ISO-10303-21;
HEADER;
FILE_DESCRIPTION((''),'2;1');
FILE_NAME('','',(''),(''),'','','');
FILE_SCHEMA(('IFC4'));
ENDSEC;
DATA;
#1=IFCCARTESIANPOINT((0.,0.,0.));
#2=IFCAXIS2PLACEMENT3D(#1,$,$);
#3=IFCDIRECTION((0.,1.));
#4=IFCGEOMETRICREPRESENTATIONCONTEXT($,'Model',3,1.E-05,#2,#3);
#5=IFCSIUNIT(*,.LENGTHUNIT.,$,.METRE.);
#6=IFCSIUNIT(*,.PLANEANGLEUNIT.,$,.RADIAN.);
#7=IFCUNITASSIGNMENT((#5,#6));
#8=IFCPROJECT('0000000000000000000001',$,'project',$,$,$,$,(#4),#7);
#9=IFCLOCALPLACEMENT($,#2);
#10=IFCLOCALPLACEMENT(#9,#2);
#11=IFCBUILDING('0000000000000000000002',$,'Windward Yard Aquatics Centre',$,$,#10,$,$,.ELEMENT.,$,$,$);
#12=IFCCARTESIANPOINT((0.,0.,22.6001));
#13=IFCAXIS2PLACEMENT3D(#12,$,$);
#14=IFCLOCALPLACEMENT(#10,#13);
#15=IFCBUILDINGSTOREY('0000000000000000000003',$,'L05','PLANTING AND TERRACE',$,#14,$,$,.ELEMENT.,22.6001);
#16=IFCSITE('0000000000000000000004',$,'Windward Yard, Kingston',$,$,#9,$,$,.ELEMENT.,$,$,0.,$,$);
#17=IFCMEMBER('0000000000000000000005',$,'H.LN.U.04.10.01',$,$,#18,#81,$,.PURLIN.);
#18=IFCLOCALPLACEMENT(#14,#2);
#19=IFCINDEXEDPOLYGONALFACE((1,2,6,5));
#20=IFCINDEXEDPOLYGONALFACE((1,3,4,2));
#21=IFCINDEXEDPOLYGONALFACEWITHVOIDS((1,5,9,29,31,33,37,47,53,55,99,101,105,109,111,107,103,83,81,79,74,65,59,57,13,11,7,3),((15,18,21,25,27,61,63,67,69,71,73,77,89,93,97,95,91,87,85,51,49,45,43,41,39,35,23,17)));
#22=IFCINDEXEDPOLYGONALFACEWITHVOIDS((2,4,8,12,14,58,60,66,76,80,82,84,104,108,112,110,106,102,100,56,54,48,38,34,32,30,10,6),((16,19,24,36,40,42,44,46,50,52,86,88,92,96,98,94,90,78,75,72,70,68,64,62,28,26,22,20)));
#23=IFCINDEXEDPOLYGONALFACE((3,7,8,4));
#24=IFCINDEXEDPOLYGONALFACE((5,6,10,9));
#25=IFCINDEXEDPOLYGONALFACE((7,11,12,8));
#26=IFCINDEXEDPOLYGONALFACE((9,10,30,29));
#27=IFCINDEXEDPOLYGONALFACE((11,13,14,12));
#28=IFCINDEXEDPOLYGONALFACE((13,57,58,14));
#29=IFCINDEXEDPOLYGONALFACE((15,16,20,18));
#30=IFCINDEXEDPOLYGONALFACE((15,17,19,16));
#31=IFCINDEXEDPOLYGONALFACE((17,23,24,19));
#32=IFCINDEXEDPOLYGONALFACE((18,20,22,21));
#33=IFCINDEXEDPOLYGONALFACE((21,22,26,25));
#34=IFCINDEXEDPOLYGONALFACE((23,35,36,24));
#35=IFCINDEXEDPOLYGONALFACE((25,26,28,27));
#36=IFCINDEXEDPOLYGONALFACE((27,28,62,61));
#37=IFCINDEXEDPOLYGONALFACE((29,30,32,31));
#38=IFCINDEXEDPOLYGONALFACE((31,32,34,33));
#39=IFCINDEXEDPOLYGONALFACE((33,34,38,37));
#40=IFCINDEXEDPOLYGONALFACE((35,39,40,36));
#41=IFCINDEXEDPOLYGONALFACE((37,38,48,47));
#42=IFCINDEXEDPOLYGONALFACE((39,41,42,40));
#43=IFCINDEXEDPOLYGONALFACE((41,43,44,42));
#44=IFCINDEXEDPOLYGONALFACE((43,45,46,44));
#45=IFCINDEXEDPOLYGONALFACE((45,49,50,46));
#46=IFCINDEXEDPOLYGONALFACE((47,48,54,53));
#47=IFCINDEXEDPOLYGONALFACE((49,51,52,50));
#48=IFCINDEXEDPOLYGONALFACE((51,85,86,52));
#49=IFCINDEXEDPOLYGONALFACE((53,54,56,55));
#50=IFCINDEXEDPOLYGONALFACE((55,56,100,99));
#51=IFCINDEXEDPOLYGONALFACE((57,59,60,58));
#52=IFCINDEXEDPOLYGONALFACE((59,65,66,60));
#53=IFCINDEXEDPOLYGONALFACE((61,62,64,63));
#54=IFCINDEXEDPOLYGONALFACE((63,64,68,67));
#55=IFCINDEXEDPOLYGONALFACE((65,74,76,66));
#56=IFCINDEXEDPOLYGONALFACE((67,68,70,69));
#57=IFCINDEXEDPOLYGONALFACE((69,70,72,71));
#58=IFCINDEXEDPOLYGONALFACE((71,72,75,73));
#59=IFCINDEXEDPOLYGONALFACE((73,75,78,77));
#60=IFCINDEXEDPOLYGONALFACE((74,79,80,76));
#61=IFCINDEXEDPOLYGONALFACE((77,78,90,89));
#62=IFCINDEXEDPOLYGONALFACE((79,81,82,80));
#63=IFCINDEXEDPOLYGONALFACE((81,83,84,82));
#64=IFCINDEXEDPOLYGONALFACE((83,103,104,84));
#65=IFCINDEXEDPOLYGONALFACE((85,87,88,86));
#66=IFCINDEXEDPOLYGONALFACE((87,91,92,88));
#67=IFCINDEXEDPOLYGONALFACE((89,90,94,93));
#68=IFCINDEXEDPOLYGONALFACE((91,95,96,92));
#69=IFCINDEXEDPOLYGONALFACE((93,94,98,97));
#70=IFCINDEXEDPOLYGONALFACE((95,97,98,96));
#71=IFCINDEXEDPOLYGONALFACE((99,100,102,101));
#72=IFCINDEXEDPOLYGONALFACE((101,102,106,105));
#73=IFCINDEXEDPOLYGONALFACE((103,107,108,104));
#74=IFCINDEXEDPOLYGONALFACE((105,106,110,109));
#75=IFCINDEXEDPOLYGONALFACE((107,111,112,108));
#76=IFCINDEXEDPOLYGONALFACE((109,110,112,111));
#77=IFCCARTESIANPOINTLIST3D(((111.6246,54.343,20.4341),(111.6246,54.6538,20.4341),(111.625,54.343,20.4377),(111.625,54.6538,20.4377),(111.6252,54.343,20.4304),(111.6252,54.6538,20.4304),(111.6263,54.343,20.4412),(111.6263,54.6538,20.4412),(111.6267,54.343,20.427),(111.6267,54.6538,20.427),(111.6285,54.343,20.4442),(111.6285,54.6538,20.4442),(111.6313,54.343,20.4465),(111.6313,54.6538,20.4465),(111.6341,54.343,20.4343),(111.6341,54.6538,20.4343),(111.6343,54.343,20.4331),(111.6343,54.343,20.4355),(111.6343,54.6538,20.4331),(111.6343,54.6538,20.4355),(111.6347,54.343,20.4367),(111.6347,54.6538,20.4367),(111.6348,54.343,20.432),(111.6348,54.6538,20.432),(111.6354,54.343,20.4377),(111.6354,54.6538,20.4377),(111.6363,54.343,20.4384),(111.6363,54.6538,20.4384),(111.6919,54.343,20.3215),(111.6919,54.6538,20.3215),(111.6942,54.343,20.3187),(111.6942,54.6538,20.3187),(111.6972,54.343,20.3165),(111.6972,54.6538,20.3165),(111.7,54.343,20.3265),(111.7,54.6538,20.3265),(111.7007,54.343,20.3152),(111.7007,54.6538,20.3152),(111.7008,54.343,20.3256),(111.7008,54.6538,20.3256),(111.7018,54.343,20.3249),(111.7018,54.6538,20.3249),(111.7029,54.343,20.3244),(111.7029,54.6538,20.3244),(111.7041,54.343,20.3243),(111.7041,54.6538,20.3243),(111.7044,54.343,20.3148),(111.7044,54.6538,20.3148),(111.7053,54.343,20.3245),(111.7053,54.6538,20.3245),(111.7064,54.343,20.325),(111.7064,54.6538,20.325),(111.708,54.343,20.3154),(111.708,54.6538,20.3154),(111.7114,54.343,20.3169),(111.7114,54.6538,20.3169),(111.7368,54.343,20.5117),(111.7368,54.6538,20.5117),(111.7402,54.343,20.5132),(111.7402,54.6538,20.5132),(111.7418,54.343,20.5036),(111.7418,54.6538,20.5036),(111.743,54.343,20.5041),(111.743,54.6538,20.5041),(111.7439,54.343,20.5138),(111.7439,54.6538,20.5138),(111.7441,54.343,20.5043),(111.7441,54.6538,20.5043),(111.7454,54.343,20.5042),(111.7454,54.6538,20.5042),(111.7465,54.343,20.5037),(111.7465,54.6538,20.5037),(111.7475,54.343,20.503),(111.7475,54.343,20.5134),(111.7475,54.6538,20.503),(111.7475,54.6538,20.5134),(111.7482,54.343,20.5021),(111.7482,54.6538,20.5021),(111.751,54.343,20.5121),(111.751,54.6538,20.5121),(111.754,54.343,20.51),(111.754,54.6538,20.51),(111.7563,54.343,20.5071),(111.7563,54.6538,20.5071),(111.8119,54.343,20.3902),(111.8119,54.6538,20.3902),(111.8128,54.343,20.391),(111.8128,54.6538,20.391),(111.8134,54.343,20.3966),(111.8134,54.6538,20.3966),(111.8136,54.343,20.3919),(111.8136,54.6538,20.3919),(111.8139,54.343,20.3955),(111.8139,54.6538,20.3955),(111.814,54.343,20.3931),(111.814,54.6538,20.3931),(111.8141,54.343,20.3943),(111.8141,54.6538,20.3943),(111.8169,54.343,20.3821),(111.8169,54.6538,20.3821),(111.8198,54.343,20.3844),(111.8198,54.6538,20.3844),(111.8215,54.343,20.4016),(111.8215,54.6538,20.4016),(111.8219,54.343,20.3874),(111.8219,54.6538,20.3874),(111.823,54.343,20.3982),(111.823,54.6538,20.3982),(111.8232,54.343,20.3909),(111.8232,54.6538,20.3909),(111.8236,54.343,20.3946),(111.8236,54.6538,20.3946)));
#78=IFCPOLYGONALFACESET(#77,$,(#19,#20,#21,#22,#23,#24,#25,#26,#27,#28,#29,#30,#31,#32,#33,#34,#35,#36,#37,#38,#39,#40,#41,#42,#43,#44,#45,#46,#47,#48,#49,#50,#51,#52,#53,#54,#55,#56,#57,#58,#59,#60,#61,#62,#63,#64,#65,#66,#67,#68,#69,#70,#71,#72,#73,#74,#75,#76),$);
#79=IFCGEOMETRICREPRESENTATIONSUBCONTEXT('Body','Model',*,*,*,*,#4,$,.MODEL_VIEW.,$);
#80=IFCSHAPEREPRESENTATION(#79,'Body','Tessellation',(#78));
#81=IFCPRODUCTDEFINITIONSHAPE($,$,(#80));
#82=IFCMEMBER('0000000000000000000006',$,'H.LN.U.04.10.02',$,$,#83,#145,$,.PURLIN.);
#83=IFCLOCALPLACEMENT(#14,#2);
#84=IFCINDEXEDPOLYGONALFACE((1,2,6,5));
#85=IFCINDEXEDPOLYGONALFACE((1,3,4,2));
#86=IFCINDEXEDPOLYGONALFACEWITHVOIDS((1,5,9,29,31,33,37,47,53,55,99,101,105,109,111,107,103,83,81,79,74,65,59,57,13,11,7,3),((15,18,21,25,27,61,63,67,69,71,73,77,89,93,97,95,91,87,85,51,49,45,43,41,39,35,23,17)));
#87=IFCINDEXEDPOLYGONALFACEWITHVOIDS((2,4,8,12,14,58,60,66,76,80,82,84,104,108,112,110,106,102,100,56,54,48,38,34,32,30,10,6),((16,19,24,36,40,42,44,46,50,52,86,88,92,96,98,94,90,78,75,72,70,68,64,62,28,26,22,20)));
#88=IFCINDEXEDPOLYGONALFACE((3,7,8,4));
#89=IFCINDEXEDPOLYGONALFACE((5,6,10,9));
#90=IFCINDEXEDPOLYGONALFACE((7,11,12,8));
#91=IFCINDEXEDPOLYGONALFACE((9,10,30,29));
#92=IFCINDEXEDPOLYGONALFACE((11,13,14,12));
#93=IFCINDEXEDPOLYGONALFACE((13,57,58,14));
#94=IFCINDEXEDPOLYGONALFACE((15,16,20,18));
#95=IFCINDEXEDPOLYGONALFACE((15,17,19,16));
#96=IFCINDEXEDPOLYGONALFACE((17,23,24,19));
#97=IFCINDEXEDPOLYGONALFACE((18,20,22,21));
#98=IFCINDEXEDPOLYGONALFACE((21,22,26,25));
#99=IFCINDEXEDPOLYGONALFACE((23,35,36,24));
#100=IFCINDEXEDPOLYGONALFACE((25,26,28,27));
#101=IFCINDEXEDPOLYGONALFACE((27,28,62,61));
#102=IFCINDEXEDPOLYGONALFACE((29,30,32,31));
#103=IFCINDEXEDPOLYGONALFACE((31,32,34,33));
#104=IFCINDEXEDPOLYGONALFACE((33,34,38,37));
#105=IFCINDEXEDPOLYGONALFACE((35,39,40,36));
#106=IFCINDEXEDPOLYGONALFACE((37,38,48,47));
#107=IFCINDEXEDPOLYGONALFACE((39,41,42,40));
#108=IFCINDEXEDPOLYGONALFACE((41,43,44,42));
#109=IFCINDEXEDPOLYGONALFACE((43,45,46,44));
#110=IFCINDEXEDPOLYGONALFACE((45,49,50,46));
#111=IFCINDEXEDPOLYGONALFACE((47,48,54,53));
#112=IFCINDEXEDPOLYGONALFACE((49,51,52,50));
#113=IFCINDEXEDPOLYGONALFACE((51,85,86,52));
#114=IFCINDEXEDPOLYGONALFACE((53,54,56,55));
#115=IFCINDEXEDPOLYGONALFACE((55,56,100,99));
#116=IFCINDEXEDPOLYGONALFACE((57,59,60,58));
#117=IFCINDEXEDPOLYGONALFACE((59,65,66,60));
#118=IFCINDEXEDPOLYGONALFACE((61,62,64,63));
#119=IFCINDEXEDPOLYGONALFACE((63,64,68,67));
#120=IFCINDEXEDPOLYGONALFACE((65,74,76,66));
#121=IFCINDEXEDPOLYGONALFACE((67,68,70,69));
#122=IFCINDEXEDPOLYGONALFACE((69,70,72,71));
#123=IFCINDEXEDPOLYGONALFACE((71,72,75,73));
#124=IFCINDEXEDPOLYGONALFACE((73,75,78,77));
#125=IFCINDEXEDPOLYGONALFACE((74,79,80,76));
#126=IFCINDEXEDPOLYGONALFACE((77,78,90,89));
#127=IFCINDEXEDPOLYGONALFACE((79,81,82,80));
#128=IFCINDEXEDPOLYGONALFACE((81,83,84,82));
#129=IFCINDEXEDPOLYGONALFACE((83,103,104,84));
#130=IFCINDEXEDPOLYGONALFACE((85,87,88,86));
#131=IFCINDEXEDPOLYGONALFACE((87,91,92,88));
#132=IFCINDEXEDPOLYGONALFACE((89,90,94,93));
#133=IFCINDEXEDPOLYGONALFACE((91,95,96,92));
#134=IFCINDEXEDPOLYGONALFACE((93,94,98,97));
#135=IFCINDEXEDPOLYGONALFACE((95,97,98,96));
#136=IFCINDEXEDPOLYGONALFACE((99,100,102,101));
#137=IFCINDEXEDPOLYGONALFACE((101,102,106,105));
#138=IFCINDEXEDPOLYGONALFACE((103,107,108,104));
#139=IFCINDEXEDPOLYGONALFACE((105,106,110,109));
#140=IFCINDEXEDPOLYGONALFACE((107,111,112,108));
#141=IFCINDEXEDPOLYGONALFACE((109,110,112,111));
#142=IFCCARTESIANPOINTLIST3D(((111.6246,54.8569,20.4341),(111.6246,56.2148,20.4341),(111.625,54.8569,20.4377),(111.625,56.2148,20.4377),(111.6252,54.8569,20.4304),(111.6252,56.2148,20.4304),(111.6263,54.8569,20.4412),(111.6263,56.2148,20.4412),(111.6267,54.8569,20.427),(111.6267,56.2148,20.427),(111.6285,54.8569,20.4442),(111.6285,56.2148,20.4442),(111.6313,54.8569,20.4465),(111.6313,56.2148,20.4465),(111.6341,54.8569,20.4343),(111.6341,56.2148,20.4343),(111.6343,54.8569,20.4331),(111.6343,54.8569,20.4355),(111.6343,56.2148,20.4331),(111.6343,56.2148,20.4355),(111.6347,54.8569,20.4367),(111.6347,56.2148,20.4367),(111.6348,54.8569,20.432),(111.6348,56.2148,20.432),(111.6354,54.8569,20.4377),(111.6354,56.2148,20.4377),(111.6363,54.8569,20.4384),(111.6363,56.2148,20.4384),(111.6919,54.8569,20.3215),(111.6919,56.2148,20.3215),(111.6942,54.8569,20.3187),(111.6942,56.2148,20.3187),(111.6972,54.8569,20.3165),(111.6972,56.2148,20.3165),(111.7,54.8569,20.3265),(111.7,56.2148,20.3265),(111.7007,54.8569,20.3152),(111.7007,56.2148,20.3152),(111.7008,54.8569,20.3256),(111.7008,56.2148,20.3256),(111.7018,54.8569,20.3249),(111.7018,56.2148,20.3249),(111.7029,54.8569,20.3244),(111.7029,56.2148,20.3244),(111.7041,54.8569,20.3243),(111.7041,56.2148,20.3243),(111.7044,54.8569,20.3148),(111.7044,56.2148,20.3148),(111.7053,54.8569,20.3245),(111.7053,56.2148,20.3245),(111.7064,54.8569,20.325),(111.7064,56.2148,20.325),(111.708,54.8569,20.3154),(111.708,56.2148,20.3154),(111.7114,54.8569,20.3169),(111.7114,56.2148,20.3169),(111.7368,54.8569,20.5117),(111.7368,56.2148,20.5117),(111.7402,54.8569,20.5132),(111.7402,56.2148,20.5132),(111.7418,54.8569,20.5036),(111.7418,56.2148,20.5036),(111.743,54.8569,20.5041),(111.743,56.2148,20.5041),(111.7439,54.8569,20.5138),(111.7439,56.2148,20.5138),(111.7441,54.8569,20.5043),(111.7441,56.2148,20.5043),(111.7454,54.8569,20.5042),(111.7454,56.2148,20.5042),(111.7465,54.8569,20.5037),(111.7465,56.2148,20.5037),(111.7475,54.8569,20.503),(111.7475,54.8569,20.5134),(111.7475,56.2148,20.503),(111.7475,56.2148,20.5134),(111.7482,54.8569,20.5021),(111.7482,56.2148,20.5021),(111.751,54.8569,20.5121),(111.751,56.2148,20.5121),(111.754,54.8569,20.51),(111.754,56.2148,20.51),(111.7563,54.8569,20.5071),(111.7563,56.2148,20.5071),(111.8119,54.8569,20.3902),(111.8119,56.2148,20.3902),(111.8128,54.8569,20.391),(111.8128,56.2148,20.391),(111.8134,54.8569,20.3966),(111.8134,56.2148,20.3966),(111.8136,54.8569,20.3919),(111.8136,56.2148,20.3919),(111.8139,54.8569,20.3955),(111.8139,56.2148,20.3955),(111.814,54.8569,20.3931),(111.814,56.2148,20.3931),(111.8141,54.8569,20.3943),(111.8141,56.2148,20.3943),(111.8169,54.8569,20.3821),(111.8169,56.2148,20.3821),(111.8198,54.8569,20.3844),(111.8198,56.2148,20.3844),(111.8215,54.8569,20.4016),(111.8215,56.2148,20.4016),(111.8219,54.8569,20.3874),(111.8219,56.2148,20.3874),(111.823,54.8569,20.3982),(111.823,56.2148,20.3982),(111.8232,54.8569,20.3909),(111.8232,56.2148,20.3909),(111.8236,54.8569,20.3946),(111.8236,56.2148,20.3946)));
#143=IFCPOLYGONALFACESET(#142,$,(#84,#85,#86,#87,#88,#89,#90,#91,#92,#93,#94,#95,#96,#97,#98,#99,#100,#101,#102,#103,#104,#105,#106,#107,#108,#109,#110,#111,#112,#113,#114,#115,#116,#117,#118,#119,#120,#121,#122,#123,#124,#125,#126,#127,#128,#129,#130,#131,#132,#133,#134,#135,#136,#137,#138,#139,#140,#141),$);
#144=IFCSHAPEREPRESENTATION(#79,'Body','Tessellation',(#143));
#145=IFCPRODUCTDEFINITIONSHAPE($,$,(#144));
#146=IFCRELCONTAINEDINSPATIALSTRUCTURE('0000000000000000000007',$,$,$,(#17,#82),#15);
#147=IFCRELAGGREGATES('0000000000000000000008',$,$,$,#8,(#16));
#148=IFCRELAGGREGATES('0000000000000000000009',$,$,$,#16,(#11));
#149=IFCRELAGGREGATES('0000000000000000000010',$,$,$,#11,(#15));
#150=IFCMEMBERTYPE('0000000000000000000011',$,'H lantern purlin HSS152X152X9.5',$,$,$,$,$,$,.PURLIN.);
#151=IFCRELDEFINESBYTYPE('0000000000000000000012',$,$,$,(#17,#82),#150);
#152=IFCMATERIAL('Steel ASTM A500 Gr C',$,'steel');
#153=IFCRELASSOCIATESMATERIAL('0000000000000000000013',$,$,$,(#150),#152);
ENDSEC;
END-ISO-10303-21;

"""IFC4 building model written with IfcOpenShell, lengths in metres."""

from ifc_helpers import new_model, si_unit, direction, frame, origin, origin_2d, place, context, subcontext, project, spatial, hollow_rectangle, extrude, material, material_profile, profile_set, type_object, element, save


model = new_model("IFC4")

# Units and contexts
model_context = context("Model", 3, precision=1e-05, world=origin(), true_north=direction((0.0, 1.0)))
body_context = subcontext(model_context, "Body", "Model", "MODEL_VIEW")
ifc_project = project(units=[si_unit("LENGTHUNIT", "METRE"), si_unit("PLANEANGLEUNIT", "RADIAN")], contexts=[model_context])

# Site, building, storey
site_placement = place(None, origin())
site = spatial("IfcSite", under=ifc_project, at=site_placement, Name="Windward Yard, Kingston", CompositionType="ELEMENT", RefElevation=0.0)
building_placement = place(site_placement, origin())
building = spatial("IfcBuilding", under=site, at=building_placement, Name="Windward Yard Aquatics Centre", CompositionType="ELEMENT")
storey_placement = place(building_placement, frame((0.0, 0.0, 22.6001)))
storey = spatial("IfcBuildingStorey", under=building, at=storey_placement, Name="L05", Description="PLANTING AND TERRACE", CompositionType="ELEMENT", Elevation=22.6001)

# Members
ifc_material_1 = material(Name="Steel ASTM A500 Gr C", Category="steel")
ifc_material_profile = material_profile(ifc_material_1, hollow_rectangle(XDim=0.1523, YDim=0.1523, WallThickness=0.0095, InnerFilletRadius=0.0046, OuterFilletRadius=0.0142, at=origin_2d()), Name="HSS152X152X9.5")
ifc_profile_set = profile_set([ifc_material_profile], Name="Steel ASTM A500 Gr C")
member_type = type_object("IfcMemberType", Name="H lantern purlin HSS152X152X9.5", PredefinedType="PURLIN", material=ifc_profile_set)
member_1_placement = place(storey_placement, frame((111.7241, 54.343, 20.4143), z_axis=(0.0, 1.0, 0.0), x_axis=(-0.850755, 0.0, -0.525562)))
element("IfcMember", 1, at=member_1_placement, inside=storey, type_object=member_type, Name="H.LN.U.04.10.01", PredefinedType="PURLIN", context=body_context, shape_type="SweptSolid", body=[
    extrude(hollow_rectangle(XDim=0.1523, YDim=0.1523, WallThickness=0.0095, InnerFilletRadius=0.0046, OuterFilletRadius=0.0142, at=origin_2d()), origin(), (0.0, 0.0, 1.0), 0.3108),
])
member_2_placement = place(storey_placement, frame((111.7241, 54.8569, 20.4143), z_axis=(0.0, 1.0, 0.0), x_axis=(-0.850755, 0.0, -0.525562)))
element("IfcMember", 2, at=member_2_placement, inside=storey, type_object=member_type, Name="H.LN.U.04.10.02", PredefinedType="PURLIN", context=body_context, shape_type="SweptSolid", body=[
    extrude(hollow_rectangle(XDim=0.1523, YDim=0.1523, WallThickness=0.0095, InnerFilletRadius=0.0046, OuterFilletRadius=0.0142, at=origin_2d()), origin(), (0.0, 0.0, 1.0), 1.3579),
])

save(model, "model.ifc")
